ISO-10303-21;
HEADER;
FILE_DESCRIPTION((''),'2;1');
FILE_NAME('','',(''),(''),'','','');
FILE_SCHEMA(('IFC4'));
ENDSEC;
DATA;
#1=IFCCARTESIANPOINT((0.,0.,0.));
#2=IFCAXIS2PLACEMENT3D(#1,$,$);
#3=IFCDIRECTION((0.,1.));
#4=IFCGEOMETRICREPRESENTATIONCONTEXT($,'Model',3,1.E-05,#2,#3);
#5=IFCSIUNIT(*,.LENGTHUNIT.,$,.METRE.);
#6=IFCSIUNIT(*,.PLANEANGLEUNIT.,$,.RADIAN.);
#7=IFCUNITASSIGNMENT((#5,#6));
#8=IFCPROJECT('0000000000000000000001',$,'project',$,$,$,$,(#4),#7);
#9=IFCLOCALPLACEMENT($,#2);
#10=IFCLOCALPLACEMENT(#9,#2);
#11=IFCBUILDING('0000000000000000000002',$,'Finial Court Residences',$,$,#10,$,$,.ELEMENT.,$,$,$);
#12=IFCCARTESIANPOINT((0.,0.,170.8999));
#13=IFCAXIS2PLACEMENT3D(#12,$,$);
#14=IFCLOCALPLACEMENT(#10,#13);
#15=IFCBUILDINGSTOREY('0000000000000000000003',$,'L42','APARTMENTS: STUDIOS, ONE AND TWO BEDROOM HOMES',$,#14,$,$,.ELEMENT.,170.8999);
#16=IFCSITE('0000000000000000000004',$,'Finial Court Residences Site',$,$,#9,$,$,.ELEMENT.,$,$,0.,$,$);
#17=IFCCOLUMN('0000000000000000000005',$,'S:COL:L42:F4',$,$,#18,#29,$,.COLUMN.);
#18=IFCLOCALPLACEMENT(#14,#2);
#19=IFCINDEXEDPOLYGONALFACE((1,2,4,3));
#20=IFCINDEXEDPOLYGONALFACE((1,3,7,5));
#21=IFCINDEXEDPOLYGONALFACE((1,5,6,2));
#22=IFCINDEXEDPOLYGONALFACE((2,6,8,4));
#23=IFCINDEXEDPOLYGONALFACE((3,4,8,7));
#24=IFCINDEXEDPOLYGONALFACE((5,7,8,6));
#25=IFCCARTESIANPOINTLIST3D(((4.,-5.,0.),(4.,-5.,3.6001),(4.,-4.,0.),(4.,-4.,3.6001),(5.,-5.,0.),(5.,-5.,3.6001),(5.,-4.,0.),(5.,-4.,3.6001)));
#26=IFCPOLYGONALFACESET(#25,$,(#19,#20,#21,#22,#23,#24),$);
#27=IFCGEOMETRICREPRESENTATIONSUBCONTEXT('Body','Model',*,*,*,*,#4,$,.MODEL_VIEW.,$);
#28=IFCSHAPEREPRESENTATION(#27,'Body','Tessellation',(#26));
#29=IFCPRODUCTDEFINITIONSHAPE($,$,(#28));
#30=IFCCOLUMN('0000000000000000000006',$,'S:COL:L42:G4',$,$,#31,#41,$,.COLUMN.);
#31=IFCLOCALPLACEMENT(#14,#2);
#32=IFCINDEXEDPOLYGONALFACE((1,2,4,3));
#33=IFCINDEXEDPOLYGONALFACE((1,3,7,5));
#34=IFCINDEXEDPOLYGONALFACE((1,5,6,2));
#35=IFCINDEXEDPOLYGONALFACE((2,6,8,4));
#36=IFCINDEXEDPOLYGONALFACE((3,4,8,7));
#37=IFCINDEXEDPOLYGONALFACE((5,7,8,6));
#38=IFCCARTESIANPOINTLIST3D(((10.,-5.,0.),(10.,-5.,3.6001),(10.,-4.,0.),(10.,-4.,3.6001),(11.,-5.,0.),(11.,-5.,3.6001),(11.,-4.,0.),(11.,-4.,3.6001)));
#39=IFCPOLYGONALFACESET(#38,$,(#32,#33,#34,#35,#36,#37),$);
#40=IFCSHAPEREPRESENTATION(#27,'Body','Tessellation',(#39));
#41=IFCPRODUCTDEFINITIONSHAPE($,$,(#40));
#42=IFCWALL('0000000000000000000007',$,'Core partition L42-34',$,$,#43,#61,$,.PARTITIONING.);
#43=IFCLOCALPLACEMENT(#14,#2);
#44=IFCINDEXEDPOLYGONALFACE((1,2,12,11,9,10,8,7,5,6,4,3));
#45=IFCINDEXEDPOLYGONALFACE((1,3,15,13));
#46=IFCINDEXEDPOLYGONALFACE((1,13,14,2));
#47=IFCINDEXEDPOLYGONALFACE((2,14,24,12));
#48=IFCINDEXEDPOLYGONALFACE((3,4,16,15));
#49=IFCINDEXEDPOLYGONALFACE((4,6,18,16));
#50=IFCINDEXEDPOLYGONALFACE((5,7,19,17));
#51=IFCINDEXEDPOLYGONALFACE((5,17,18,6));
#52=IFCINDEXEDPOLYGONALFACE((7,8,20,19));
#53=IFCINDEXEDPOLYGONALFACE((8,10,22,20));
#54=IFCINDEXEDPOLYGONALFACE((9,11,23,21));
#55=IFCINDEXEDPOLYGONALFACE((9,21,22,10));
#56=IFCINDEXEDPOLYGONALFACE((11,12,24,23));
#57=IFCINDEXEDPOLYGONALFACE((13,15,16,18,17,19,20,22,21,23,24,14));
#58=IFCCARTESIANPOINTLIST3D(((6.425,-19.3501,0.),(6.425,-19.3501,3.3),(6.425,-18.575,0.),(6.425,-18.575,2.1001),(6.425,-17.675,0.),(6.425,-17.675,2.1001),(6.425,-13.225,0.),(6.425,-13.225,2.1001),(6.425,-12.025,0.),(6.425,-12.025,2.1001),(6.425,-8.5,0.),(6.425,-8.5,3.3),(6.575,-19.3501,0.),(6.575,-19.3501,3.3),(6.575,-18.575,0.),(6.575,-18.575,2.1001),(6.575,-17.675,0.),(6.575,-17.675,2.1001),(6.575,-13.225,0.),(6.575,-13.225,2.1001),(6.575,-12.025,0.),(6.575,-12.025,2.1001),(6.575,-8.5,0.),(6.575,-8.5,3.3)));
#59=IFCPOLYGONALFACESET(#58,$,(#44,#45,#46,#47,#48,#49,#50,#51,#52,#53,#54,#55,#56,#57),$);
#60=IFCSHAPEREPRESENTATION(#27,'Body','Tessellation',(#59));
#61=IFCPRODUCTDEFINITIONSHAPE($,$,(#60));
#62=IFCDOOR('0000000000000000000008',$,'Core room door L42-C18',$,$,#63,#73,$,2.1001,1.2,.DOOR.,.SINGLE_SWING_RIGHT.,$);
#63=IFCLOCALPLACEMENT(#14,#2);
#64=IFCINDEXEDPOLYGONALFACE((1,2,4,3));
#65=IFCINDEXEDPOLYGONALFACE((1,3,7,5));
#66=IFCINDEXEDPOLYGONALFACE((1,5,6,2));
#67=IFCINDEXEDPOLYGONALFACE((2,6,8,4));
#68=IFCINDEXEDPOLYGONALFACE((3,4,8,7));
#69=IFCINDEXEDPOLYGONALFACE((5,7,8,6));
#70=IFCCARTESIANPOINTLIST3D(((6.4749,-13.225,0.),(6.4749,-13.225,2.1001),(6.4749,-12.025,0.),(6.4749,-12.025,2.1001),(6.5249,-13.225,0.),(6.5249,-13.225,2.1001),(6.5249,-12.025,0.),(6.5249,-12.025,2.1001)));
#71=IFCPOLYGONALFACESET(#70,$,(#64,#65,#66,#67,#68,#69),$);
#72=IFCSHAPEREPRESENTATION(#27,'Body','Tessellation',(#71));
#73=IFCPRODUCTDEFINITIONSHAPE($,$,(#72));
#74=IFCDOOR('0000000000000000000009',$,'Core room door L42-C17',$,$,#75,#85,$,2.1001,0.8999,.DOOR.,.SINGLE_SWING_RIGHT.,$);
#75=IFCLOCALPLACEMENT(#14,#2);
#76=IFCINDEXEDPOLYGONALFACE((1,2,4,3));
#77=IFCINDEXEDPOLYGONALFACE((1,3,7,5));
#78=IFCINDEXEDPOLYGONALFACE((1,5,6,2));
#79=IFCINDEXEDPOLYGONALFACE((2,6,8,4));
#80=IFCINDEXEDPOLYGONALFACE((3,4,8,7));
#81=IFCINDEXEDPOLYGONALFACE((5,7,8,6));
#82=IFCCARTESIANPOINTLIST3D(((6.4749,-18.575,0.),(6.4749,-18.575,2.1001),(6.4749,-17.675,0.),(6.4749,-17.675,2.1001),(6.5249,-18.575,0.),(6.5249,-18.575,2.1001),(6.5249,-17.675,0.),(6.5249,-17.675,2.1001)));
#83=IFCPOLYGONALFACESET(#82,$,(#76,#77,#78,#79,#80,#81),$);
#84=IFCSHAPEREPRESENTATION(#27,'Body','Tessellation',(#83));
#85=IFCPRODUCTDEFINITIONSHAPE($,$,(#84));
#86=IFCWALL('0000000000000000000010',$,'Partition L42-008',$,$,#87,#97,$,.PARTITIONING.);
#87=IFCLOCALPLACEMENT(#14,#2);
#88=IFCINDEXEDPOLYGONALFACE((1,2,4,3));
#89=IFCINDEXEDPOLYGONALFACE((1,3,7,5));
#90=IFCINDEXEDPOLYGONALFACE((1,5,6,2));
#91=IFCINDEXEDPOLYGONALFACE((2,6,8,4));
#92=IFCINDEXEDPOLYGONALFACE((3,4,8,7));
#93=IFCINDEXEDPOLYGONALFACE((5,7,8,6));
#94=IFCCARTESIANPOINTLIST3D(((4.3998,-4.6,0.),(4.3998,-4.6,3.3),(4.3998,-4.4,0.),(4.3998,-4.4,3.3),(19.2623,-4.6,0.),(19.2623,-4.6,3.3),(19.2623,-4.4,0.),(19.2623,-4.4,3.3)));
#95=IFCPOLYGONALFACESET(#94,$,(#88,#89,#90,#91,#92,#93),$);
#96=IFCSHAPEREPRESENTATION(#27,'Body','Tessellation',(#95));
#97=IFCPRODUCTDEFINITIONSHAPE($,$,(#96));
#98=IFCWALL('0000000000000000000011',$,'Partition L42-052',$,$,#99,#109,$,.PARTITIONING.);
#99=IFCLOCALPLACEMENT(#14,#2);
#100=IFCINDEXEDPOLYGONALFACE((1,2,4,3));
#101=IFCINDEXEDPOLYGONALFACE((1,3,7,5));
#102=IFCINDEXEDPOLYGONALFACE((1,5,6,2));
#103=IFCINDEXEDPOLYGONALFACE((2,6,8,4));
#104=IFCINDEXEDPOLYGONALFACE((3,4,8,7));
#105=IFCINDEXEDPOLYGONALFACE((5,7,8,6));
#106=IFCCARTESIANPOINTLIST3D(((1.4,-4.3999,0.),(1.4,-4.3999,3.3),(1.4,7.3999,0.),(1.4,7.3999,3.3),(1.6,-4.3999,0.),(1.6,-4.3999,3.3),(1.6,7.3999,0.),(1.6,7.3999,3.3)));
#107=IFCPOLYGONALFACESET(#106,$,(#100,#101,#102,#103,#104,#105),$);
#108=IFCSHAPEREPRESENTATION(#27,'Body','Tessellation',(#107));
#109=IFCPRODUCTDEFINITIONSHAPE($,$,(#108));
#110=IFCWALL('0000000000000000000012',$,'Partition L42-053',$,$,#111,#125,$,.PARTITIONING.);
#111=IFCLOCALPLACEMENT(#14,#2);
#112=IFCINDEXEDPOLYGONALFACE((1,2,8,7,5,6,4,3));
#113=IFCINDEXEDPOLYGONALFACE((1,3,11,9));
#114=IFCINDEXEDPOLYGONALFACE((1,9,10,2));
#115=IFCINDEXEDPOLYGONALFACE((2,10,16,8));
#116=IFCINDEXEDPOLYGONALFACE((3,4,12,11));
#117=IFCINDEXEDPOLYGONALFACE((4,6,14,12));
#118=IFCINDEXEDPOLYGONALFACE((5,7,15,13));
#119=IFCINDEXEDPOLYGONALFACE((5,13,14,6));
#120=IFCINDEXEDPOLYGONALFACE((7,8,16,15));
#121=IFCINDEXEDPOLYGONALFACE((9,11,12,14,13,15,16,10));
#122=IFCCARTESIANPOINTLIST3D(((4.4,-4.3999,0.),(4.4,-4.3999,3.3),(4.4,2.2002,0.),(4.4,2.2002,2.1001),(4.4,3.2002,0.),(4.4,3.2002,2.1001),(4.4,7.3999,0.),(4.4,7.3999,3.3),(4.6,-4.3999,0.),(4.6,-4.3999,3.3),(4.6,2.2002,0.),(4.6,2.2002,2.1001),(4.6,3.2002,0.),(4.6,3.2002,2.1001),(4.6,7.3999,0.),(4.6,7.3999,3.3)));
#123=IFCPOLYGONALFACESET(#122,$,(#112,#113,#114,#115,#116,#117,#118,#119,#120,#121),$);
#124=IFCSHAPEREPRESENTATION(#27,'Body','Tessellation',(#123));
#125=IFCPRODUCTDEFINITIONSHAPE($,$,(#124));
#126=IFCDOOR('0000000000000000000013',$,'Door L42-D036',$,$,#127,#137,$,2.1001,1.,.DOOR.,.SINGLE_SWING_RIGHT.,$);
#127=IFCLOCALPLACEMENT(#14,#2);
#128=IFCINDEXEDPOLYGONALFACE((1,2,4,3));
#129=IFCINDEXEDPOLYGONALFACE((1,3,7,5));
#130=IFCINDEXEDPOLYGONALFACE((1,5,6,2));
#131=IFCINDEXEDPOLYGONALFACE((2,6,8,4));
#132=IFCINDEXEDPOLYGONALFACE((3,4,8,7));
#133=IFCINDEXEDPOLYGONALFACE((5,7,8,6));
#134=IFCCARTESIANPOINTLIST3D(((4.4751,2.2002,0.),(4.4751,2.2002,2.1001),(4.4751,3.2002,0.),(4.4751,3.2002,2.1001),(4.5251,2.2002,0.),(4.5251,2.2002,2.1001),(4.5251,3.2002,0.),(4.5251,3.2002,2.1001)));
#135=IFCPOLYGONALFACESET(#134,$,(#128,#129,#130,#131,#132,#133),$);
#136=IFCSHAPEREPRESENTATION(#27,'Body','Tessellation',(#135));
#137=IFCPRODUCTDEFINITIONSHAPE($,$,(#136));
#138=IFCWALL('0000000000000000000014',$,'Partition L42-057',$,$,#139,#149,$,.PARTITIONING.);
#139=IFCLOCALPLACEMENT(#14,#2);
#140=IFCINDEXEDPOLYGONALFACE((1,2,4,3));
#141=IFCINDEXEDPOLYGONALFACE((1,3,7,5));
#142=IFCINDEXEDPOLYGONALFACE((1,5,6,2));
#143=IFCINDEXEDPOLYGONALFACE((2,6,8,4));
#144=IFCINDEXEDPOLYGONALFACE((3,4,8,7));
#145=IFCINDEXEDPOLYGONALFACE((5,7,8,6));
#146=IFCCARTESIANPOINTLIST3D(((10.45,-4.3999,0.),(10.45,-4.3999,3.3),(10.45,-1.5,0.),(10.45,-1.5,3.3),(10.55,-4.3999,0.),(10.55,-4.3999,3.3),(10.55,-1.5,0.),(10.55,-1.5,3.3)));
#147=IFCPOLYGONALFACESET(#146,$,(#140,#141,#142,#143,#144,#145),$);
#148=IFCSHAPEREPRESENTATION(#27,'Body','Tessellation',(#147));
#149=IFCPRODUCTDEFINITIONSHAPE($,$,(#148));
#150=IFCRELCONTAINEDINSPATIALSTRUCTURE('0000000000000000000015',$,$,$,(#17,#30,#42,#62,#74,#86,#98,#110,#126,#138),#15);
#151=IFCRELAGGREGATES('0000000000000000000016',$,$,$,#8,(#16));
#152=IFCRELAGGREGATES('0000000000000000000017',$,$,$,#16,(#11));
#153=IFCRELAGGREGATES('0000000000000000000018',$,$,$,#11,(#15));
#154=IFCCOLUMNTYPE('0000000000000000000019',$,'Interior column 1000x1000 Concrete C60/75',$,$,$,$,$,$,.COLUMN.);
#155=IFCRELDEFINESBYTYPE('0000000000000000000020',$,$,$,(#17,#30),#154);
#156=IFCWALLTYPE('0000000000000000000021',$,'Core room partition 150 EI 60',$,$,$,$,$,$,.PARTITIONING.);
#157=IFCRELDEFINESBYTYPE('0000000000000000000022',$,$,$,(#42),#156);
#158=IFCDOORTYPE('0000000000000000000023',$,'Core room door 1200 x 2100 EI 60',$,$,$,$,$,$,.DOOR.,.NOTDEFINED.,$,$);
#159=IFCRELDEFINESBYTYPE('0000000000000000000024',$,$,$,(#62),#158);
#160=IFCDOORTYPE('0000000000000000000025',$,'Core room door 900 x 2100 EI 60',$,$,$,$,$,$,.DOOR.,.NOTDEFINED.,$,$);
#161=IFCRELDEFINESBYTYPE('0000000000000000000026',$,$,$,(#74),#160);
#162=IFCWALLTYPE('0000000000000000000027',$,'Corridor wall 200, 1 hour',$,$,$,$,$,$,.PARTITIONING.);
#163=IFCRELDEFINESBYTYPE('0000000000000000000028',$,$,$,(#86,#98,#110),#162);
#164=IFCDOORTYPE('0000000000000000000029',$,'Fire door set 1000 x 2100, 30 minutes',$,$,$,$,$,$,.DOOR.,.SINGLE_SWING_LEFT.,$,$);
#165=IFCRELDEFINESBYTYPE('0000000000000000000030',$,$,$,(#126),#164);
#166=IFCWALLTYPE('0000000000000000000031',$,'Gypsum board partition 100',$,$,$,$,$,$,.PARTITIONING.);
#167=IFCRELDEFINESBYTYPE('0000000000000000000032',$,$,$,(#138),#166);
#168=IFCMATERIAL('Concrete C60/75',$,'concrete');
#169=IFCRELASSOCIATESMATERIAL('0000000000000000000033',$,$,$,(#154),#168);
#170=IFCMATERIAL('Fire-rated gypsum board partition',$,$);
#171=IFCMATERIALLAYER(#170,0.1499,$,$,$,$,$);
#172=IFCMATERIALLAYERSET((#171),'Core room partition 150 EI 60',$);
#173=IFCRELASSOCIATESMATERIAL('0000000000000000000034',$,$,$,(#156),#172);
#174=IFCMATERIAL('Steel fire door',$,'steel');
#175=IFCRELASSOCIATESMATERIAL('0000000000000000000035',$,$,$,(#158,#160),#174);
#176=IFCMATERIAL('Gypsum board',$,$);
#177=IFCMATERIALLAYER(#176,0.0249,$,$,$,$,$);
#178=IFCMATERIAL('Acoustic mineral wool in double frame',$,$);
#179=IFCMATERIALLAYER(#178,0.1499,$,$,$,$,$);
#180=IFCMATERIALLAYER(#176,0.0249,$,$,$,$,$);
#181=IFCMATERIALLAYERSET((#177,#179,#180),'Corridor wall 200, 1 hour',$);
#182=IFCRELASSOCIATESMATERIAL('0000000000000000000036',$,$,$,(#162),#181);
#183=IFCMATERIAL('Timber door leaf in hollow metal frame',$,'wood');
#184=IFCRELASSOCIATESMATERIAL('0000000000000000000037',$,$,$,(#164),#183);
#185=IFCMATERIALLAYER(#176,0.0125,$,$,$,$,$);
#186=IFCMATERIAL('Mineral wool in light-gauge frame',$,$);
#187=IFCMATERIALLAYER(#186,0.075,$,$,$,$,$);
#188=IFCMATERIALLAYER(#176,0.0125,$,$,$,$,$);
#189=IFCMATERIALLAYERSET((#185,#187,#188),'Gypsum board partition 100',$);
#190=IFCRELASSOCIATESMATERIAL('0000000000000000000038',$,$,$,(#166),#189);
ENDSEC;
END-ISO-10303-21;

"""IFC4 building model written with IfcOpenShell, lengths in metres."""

from ifc_helpers import new_model, si_unit, direction, frame, frame_2d, origin, origin_2d, place, context, subcontext, project, spatial, rectangle, extrude, material, layer, layer_set, material_profile, profile_set, type_object, element, fill, save


model = new_model("IFC4")

# Units and contexts
model_context = context("Model", 3, precision=1e-05, world=origin(), true_north=direction((0.0, 1.0)))
body_context = subcontext(model_context, "Body", "Model", "MODEL_VIEW")
ifc_project = project(units=[si_unit("LENGTHUNIT", "METRE"), si_unit("PLANEANGLEUNIT", "RADIAN")], contexts=[model_context])

# Site, building, storey
site_placement = place(None, origin())
site = spatial("IfcSite", under=ifc_project, at=site_placement, Name="Finial Court Residences Site", CompositionType="ELEMENT", RefElevation=0.0)
building_placement = place(site_placement, origin())
building = spatial("IfcBuilding", under=site, at=building_placement, Name="Finial Court Residences", CompositionType="ELEMENT")
storey_placement = place(building_placement, frame((0.0, 0.0, 170.8999)))
storey = spatial("IfcBuildingStorey", under=building, at=storey_placement, Name="L42", Description="APARTMENTS: STUDIOS, ONE AND TWO BEDROOM HOMES", CompositionType="ELEMENT", Elevation=170.8999)

# Columns
ifc_material_1 = material(Name="Concrete C60/75", Category="concrete")
ifc_material_profile = material_profile(ifc_material_1, rectangle(XDim=1.0, YDim=1.0, at=origin_2d()), Name="1000x1000")
ifc_profile_set = profile_set([ifc_material_profile], Name="Concrete C60/75")
column_type = type_object("IfcColumnType", Name="Interior column 1000x1000 Concrete C60/75", PredefinedType="COLUMN", material=ifc_profile_set)
for number, where, z_axis, x_axis, name in (
    (1, (4.5, -4.5, 0.0), (0.0, 0.0, 1.0), (1.0, 0.0, 0.0), "S:COL:L42:F4"),
    (2, (10.5, -4.5, 0.0), (0.0, 0.0, 1.0), (1.0, 0.0, 0.0), "S:COL:L42:G4"),
):
    element("IfcColumn", number, at=place(storey_placement, frame(where, z_axis=z_axis, x_axis=x_axis)), inside=storey, type_object=column_type, Name=name, PredefinedType="COLUMN", context=body_context, shape_type="SweptSolid", body=[
        extrude(rectangle(XDim=1.0, YDim=1.0, at=origin_2d()), origin(), (0.0, 0.0, 1.0), 3.6001),
    ])

# Wall, openings, doors
ifc_material_2 = material(Name="Fire-rated gypsum board partition")
ifc_layer_1 = layer(ifc_material_2, 0.1499)
ifc_layer_set_1 = layer_set([ifc_layer_1], Name="Core room partition 150 EI 60")
wall_type_1 = type_object("IfcWallType", Name="Core room partition 150 EI 60", PredefinedType="PARTITIONING", material=ifc_layer_set_1)
wall_1_placement = place(storey_placement, frame((6.5, -8.5, 0.0), z_axis=(0.0, 0.0, 1.0), x_axis=(0.0, -1.0, 0.0)))
wall_1 = element("IfcWall", 3, at=wall_1_placement, inside=storey, type_object=wall_type_1, Name="Core partition L42-34", PredefinedType="PARTITIONING", context=body_context, shape_type="SweptSolid", body=[
    extrude(rectangle(XDim=10.8501, YDim=0.1499, at=frame_2d((5.425, 0.0))), origin(), (0.0, 0.0, 1.0), 3.3),
])
opening_1_placement = place(wall_1_placement, frame((9.175, 0.0, 0.0)))
opening_1 = element("IfcOpeningElement", 4, at=opening_1_placement, cuts=wall_1, PredefinedType="OPENING", context=body_context, shape_type="SweptSolid", body=[
    extrude(rectangle(XDim=0.8999, YDim=2.1001, at=frame_2d((0.45, 1.05))), frame((0.0, 0.085, 0.0), z_axis=(0.0, -1.0, 0.0), x_axis=(1.0, 0.0, 0.0)), (0.0, 0.0, 1.0), 0.1699),
])
opening_2_placement = place(wall_1_placement, frame((3.5249, 0.0, 0.0)))
opening_2 = element("IfcOpeningElement", 5, at=opening_2_placement, cuts=wall_1, PredefinedType="OPENING", context=body_context, shape_type="SweptSolid", body=[
    extrude(rectangle(XDim=1.2, YDim=2.1001, at=frame_2d((0.6001, 1.05))), frame((0.0, 0.085, 0.0), z_axis=(0.0, -1.0, 0.0), x_axis=(1.0, 0.0, 0.0)), (0.0, 0.0, 1.0), 0.1699),
])
ifc_material_3 = material(Name="Steel fire door", Category="steel")
door_type_1 = type_object("IfcDoorType", Name="Core room door 1200 x 2100 EI 60", OperationType="NOTDEFINED", PredefinedType="DOOR", material=ifc_material_3)
door_1_placement = place(opening_2_placement, origin())
door_1 = element("IfcDoor", 6, at=door_1_placement, inside=storey, type_object=door_type_1, Name="Core room door L42-C18", OperationType="SINGLE_SWING_RIGHT", OverallHeight=2.1001, OverallWidth=1.2, PredefinedType="DOOR", context=body_context, shape_type="SweptSolid", body=[
    extrude(rectangle(XDim=1.2, YDim=2.1001, at=frame_2d((0.6001, 1.05))), frame((0.0, 0.0249, 0.0), z_axis=(0.0, -1.0, 0.0), x_axis=(1.0, 0.0, 0.0)), (0.0, 0.0, 1.0), 0.05),
])
fill(opening_2, door_1)
door_type_2 = type_object("IfcDoorType", Name="Core room door 900 x 2100 EI 60", OperationType="NOTDEFINED", PredefinedType="DOOR", material=ifc_material_3)
door_2_placement = place(opening_1_placement, origin())
door_2 = element("IfcDoor", 7, at=door_2_placement, inside=storey, type_object=door_type_2, Name="Core room door L42-C17", OperationType="SINGLE_SWING_RIGHT", OverallHeight=2.1001, OverallWidth=0.8999, PredefinedType="DOOR", context=body_context, shape_type="SweptSolid", body=[
    extrude(rectangle(XDim=0.8999, YDim=2.1001, at=frame_2d((0.45, 1.05))), frame((0.0, 0.0249, 0.0), z_axis=(0.0, -1.0, 0.0), x_axis=(1.0, 0.0, 0.0)), (0.0, 0.0, 1.0), 0.05),
])
fill(opening_1, door_2)

# Walls
ifc_material_4 = material(Name="Gypsum board")
ifc_layer_2 = layer(ifc_material_4, 0.0249)
ifc_material_5 = material(Name="Acoustic mineral wool in double frame")
ifc_layer_3 = layer(ifc_material_5, 0.1499)
ifc_layer_4 = layer(ifc_material_4, 0.0249)
ifc_layer_set_2 = layer_set([ifc_layer_2, ifc_layer_3, ifc_layer_4], Name="Corridor wall 200, 1 hour")
wall_type_2 = type_object("IfcWallType", Name="Corridor wall 200, 1 hour", PredefinedType="PARTITIONING", material=ifc_layer_set_2)
wall_2_placement = place(storey_placement, frame((4.3999, -4.5, 0.0), z_axis=(0.0, 0.0, 1.0), x_axis=(1.0, 0.0, 0.0)))
element("IfcWall", 8, at=wall_2_placement, inside=storey, type_object=wall_type_2, Name="Partition L42-008", PredefinedType="PARTITIONING", context=body_context, shape_type="SweptSolid", body=[
    extrude(rectangle(XDim=14.8625, YDim=0.2, at=frame_2d((7.4312, 0.0))), origin(), (0.0, 0.0, 1.0), 3.3),
])
wall_3_placement = place(storey_placement, frame((1.5, -4.3999, 0.0), z_axis=(0.0, 0.0, 1.0), x_axis=(0.0, 1.0, 0.0)))
element("IfcWall", 9, at=wall_3_placement, inside=storey, type_object=wall_type_2, Name="Partition L42-052", PredefinedType="PARTITIONING", context=body_context, shape_type="SweptSolid", body=[
    extrude(rectangle(XDim=11.7998, YDim=0.2, at=frame_2d((5.8999, 0.0))), origin(), (0.0, 0.0, 1.0), 3.3),
])

# Wall, opening, door
wall_4_placement = place(storey_placement, frame((4.5, -4.3999, 0.0), z_axis=(0.0, 0.0, 1.0), x_axis=(0.0, 1.0, 0.0)))
wall_4 = element("IfcWall", 10, at=wall_4_placement, inside=storey, type_object=wall_type_2, Name="Partition L42-053", PredefinedType="PARTITIONING", context=body_context, shape_type="SweptSolid", body=[
    extrude(rectangle(XDim=11.7998, YDim=0.2, at=frame_2d((5.8999, 0.0))), origin(), (0.0, 0.0, 1.0), 3.3),
])
opening_3_placement = place(wall_4_placement, frame((6.6001, 0.0, 0.0)))
opening_3 = element("IfcOpeningElement", 11, at=opening_3_placement, cuts=wall_4, PredefinedType="OPENING", context=body_context, shape_type="SweptSolid", body=[
    extrude(rectangle(XDim=1.0, YDim=2.1001, at=frame_2d((0.5, 1.05))), frame((0.0, 0.1099, 0.0), z_axis=(0.0, -1.0, 0.0), x_axis=(1.0, 0.0, 0.0)), (0.0, 0.0, 1.0), 0.22),
])
ifc_material_6 = material(Name="Timber door leaf in hollow metal frame", Category="wood")
door_type_3 = type_object("IfcDoorType", Name="Fire door set 1000 x 2100, 30 minutes", OperationType="SINGLE_SWING_LEFT", PredefinedType="DOOR", material=ifc_material_6)
door_3_placement = place(opening_3_placement, origin())
door_3 = element("IfcDoor", 12, at=door_3_placement, inside=storey, type_object=door_type_3, Name="Door L42-D036", OperationType="SINGLE_SWING_RIGHT", OverallHeight=2.1001, OverallWidth=1.0, PredefinedType="DOOR", context=body_context, shape_type="SweptSolid", body=[
    extrude(rectangle(XDim=1.0, YDim=2.1001, at=frame_2d((0.5, 1.05))), frame((0.0, 0.0249, 0.0), z_axis=(0.0, -1.0, 0.0), x_axis=(1.0, 0.0, 0.0)), (0.0, 0.0, 1.0), 0.05),
])
fill(opening_3, door_3)

# Wall
ifc_layer_5 = layer(ifc_material_4, 0.0125)
ifc_material_7 = material(Name="Mineral wool in light-gauge frame")
ifc_layer_6 = layer(ifc_material_7, 0.075)
ifc_layer_7 = layer(ifc_material_4, 0.0125)
ifc_layer_set_3 = layer_set([ifc_layer_5, ifc_layer_6, ifc_layer_7], Name="Gypsum board partition 100")
wall_type_3 = type_object("IfcWallType", Name="Gypsum board partition 100", PredefinedType="PARTITIONING", material=ifc_layer_set_3)
wall_5_placement = place(storey_placement, frame((10.5, -4.3999, 0.0), z_axis=(0.0, 0.0, 1.0), x_axis=(0.0, 1.0, 0.0)))
element("IfcWall", 13, at=wall_5_placement, inside=storey, type_object=wall_type_3, Name="Partition L42-057", PredefinedType="PARTITIONING", context=body_context, shape_type="SweptSolid", body=[
    extrude(rectangle(XDim=2.8999, YDim=0.1001, at=frame_2d((1.45, 0.0))), origin(), (0.0, 0.0, 1.0), 3.3),
])

save(model, "model.ifc")
